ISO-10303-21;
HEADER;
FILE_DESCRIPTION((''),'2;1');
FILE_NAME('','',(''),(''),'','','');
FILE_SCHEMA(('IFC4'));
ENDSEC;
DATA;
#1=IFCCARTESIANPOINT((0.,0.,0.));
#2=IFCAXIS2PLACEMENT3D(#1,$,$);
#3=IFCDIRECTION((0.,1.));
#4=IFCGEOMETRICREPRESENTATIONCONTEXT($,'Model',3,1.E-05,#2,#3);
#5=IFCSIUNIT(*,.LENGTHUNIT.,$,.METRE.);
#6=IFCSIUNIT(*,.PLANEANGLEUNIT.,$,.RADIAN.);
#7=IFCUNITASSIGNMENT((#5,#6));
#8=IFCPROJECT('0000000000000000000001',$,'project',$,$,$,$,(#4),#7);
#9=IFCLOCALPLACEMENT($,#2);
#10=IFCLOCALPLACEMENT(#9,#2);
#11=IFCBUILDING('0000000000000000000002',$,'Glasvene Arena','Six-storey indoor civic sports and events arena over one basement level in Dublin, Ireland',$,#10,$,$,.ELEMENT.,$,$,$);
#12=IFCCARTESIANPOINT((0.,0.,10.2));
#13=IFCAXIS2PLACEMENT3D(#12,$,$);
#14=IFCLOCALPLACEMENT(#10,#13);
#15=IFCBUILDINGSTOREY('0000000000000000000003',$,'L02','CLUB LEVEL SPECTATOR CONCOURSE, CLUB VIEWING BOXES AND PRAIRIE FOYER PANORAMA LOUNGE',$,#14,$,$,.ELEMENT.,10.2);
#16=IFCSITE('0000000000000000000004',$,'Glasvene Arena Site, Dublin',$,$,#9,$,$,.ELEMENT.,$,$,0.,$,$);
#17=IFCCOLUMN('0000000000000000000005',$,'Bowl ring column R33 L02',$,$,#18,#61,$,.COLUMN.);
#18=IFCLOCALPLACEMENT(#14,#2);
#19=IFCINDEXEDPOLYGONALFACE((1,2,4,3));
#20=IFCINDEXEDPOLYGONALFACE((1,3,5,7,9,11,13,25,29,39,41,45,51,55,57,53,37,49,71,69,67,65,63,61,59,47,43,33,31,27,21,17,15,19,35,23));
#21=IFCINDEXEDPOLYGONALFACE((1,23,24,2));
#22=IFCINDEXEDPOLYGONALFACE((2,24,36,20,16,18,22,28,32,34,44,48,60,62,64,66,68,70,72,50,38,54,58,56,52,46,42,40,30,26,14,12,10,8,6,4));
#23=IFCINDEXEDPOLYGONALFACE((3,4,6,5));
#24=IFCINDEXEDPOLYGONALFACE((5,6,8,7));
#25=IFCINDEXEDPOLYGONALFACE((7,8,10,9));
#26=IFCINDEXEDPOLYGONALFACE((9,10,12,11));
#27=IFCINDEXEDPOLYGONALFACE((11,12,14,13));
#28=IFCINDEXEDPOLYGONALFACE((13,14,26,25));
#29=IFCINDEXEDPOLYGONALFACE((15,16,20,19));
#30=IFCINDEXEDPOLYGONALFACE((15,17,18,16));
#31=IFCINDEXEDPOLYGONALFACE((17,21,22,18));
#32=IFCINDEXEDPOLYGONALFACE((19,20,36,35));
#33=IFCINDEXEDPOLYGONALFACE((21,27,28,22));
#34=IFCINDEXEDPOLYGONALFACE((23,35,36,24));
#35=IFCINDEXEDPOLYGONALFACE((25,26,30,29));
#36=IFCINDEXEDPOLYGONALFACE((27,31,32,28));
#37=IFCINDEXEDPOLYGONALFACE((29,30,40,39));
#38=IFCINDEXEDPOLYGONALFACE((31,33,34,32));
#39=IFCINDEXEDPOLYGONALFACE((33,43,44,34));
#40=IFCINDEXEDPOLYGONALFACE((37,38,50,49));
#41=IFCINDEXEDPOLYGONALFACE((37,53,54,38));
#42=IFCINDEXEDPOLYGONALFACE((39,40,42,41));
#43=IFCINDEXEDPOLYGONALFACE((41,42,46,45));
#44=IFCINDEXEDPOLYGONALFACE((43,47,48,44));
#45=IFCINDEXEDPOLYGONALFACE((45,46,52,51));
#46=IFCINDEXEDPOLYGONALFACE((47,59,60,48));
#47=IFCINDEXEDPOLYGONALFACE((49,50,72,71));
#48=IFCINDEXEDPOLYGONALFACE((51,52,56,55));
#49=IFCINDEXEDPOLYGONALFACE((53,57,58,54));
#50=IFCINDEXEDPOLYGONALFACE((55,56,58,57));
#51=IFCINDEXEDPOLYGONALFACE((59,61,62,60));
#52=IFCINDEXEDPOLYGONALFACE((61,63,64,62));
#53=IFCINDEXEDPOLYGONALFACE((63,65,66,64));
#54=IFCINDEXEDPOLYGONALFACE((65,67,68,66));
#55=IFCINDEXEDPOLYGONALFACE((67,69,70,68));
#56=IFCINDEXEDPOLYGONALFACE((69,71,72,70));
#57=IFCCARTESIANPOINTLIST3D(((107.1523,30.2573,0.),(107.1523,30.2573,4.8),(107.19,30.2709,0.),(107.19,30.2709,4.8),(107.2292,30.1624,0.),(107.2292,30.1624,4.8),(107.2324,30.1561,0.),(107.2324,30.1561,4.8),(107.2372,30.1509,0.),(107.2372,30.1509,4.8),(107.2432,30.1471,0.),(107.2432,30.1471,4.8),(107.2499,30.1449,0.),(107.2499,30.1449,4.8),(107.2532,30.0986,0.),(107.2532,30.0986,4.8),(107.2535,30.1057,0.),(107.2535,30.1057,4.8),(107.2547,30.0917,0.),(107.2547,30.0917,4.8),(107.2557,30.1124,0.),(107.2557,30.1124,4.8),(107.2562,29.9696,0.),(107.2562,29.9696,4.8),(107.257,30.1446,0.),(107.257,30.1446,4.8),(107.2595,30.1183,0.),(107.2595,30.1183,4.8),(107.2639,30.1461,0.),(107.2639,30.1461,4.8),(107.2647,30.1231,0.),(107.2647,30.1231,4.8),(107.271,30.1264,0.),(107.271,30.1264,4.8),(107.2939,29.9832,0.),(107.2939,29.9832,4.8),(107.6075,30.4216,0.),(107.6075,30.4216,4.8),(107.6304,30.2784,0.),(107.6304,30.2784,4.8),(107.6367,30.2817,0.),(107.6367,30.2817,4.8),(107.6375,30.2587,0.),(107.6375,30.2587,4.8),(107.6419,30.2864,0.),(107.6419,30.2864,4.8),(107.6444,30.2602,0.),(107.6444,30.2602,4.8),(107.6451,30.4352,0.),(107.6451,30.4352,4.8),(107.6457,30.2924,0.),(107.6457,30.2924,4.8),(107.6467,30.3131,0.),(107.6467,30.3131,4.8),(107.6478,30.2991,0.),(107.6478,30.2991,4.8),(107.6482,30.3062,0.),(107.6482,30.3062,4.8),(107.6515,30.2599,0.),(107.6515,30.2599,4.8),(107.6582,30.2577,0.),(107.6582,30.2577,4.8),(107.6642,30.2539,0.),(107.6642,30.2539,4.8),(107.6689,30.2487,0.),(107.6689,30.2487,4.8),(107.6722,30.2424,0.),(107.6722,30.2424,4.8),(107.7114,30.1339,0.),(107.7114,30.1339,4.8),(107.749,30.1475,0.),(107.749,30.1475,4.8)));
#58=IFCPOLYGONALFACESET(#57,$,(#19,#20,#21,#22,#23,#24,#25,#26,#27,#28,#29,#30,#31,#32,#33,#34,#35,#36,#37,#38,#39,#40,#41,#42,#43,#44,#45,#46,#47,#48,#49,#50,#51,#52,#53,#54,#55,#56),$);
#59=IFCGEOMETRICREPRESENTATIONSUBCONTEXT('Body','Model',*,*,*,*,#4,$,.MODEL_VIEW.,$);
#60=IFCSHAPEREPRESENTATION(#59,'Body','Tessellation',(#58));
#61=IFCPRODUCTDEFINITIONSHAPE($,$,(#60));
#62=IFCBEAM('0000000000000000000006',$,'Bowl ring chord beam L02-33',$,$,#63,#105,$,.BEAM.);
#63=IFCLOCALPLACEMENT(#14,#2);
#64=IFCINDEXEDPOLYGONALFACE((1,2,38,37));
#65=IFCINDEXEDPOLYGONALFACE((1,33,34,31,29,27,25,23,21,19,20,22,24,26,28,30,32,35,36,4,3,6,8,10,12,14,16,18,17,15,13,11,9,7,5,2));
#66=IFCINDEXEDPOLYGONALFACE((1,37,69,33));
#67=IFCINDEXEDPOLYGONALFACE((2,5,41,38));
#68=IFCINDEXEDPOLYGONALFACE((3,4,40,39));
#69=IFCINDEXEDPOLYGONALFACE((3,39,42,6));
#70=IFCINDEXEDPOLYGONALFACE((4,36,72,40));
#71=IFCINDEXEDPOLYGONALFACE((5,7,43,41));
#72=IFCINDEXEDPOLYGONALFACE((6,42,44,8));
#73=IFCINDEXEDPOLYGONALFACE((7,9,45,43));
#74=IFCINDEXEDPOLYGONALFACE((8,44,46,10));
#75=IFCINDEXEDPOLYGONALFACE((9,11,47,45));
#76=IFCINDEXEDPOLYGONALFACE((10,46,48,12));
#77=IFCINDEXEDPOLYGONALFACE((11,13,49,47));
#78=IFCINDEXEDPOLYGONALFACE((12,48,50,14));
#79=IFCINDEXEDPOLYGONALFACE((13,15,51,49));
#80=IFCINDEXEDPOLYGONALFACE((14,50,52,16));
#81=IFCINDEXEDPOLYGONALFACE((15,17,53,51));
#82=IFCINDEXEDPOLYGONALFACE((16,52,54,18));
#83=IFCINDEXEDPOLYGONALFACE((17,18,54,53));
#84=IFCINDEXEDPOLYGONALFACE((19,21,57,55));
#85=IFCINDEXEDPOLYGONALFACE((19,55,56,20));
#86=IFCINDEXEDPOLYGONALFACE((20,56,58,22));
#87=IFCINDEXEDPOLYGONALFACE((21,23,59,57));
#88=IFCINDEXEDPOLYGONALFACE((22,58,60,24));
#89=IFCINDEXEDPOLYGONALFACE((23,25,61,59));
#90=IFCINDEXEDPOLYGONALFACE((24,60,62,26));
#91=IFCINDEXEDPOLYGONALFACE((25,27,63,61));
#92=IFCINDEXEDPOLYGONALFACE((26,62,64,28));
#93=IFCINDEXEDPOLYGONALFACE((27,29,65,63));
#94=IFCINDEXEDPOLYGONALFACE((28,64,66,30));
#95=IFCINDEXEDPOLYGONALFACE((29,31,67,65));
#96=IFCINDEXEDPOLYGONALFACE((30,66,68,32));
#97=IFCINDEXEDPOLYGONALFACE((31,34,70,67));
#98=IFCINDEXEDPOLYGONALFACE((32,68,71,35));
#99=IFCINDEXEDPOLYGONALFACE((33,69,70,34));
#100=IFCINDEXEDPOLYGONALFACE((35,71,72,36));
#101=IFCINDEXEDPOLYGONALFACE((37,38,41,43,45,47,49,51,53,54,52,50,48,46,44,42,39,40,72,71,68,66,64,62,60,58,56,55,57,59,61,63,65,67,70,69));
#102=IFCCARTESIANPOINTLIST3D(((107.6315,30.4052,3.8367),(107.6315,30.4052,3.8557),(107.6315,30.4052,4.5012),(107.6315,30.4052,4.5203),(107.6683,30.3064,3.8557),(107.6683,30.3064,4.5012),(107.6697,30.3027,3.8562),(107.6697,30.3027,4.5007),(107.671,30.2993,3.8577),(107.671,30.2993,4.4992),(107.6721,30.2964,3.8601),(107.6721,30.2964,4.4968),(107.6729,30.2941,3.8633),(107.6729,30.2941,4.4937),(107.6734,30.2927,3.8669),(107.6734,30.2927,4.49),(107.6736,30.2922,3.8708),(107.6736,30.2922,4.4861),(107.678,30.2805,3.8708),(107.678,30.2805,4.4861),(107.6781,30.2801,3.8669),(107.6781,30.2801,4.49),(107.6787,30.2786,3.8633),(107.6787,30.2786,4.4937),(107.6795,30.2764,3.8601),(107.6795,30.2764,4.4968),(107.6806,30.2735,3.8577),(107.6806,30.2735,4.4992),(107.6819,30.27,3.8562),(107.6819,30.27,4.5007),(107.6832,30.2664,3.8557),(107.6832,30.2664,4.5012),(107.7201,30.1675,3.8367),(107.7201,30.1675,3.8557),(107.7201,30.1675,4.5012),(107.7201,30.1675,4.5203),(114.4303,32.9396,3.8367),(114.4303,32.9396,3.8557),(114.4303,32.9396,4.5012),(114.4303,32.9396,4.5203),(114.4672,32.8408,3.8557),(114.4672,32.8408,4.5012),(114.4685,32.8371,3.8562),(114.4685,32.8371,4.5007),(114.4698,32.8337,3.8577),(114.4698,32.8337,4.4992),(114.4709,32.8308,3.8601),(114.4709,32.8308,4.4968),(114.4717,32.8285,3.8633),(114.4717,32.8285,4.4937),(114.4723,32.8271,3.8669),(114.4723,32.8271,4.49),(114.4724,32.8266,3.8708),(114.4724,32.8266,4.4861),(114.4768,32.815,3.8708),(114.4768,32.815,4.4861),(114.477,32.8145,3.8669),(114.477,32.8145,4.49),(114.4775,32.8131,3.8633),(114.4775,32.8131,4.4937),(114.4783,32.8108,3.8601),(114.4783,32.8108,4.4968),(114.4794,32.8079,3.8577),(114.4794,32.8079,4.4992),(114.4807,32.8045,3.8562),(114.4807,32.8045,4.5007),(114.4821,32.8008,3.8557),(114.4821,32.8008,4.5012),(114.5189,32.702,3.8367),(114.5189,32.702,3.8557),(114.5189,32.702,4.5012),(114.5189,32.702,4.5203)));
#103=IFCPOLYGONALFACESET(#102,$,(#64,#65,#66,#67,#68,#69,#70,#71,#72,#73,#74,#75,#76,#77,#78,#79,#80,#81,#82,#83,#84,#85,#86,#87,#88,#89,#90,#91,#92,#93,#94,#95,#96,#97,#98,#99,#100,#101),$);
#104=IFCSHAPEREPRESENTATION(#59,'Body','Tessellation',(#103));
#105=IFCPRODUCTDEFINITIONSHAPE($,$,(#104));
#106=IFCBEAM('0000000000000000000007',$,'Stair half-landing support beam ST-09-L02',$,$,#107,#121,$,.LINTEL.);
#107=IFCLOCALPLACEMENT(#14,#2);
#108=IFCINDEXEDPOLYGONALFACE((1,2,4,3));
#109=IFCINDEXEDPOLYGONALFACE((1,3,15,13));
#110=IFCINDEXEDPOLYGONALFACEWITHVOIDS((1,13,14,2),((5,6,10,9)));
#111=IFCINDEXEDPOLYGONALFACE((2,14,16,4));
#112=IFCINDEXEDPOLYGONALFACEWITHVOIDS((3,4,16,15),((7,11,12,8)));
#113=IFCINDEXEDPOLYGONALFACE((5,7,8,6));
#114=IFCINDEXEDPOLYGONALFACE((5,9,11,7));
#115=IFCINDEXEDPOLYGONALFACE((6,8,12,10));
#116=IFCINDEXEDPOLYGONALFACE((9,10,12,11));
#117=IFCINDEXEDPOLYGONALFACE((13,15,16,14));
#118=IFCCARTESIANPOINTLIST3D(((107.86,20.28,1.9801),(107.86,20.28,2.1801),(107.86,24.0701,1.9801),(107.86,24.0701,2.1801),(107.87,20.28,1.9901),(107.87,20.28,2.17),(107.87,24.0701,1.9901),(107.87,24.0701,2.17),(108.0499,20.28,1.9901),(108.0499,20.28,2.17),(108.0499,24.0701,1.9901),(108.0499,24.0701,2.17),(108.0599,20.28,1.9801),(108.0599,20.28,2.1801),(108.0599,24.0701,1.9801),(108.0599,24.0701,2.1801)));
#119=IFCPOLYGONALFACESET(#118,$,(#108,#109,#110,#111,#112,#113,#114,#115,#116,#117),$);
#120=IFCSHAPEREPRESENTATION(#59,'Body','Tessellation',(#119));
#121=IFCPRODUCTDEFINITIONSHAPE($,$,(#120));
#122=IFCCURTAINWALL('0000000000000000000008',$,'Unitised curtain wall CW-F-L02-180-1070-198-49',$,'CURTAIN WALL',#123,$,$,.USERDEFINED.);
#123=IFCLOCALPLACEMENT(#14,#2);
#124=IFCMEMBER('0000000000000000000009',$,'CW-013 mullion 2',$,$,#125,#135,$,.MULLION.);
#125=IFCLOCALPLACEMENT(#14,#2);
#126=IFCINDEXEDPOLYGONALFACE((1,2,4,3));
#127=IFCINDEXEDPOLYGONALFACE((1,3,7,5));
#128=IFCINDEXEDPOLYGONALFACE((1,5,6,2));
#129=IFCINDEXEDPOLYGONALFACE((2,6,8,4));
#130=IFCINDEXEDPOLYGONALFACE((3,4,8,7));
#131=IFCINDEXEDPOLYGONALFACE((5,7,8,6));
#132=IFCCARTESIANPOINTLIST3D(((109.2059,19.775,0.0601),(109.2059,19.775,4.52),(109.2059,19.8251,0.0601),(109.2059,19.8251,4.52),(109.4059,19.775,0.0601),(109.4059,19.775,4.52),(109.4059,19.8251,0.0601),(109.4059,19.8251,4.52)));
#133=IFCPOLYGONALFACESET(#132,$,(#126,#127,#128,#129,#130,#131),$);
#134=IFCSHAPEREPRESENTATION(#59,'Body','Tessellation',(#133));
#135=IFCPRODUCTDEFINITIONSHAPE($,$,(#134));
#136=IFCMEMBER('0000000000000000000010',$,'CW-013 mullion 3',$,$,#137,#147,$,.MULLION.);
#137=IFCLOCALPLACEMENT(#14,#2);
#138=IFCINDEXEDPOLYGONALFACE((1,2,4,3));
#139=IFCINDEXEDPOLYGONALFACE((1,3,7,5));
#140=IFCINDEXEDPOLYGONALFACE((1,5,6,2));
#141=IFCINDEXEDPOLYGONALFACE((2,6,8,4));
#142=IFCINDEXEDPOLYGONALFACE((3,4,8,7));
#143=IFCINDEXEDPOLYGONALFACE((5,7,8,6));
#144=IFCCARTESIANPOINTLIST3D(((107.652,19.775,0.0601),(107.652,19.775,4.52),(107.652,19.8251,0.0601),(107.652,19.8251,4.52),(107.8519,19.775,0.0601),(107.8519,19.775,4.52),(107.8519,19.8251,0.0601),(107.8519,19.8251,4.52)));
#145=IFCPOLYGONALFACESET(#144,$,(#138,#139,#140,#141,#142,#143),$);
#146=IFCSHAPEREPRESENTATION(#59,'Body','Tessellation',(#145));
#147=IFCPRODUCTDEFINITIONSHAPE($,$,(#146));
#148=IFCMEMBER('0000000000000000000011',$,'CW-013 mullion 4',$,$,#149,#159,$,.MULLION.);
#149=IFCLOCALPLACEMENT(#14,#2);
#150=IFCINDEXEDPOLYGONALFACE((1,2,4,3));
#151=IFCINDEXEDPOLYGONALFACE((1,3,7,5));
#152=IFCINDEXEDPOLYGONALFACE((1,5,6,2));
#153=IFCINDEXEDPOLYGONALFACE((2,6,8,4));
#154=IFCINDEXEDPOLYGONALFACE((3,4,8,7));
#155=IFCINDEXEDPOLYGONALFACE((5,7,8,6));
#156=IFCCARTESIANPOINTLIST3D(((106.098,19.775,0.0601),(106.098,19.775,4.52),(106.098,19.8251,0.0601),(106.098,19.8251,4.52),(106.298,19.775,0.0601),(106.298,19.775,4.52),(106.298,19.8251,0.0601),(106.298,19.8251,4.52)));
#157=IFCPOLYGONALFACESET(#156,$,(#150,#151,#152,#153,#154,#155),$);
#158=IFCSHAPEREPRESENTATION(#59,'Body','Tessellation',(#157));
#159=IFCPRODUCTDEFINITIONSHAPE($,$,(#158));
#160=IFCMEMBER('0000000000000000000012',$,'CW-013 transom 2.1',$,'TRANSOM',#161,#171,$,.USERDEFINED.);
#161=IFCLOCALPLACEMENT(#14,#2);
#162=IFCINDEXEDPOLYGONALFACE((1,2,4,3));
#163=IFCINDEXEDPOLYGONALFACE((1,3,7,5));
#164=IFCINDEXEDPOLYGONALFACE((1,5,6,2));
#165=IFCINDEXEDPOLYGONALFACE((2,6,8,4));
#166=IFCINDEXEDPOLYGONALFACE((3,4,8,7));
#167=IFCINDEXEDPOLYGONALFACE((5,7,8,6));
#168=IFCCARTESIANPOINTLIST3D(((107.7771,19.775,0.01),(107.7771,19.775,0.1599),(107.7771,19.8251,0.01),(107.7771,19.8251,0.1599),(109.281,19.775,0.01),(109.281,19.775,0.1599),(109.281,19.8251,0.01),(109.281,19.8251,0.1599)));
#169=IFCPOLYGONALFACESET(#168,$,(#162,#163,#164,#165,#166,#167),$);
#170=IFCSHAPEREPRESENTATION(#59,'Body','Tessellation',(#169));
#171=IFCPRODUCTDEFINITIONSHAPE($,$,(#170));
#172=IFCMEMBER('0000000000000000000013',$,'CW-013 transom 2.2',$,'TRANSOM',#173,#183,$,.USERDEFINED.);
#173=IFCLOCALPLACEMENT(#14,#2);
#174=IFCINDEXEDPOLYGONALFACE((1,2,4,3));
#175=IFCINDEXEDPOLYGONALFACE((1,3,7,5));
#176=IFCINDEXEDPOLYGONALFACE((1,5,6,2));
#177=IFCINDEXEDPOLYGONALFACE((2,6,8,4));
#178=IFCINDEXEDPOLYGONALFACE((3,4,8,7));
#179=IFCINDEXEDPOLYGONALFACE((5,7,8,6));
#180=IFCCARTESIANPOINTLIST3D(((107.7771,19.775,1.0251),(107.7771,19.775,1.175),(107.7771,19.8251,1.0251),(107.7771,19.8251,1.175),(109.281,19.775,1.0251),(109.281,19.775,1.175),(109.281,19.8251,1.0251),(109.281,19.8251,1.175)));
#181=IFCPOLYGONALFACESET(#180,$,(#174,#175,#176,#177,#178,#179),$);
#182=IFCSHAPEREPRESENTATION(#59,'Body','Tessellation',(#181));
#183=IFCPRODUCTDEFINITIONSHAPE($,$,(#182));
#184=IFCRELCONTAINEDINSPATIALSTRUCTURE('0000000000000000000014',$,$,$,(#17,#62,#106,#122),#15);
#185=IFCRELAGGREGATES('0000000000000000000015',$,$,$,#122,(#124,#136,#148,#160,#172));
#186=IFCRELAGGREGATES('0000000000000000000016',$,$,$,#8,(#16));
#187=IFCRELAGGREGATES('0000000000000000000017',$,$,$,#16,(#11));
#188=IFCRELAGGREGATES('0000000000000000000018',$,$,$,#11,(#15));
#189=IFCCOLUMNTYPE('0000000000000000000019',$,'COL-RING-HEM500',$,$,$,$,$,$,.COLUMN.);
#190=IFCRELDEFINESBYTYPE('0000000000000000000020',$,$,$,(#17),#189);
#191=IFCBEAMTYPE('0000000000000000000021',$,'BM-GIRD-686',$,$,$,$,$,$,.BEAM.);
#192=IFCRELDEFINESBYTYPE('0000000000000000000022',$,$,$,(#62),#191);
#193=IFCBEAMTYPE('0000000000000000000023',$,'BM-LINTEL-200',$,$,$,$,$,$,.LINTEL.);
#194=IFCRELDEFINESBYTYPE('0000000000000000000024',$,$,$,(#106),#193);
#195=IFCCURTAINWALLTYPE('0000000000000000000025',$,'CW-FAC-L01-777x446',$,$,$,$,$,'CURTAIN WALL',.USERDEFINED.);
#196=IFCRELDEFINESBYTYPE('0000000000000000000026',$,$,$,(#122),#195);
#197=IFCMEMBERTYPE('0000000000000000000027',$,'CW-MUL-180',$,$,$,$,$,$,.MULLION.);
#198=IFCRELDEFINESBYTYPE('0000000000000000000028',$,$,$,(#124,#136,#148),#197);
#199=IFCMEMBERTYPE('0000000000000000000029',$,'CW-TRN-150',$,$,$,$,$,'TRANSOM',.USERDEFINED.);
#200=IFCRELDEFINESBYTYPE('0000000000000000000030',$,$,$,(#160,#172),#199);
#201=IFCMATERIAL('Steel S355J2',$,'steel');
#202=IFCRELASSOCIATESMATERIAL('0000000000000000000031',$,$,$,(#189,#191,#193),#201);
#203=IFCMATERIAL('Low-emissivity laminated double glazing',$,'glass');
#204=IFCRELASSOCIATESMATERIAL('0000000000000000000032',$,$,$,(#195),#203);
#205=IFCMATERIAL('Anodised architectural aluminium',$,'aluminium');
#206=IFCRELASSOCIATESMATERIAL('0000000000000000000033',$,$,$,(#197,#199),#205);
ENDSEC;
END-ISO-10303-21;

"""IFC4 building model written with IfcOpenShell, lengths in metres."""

from ifc_helpers import new_model, si_unit, direction, frame, origin, origin_2d, place, context, subcontext, project, spatial, rectangle, hollow_rectangle, i_section, extrude, material, material_profile, profile_set, type_object, element, aggregate, save


model = new_model("IFC4")

# Units and contexts
model_context = context("Model", 3, precision=1e-05, world=origin(), true_north=direction((0.0, 1.0)))
body_context = subcontext(model_context, "Body", "Model", "MODEL_VIEW")
ifc_project = project(units=[si_unit("LENGTHUNIT", "METRE"), si_unit("PLANEANGLEUNIT", "RADIAN")], contexts=[model_context])

# Site, building, storey
site_placement = place(None, origin())
site = spatial("IfcSite", under=ifc_project, at=site_placement, Name="Glasvene Arena Site, Dublin", CompositionType="ELEMENT", RefElevation=0.0)
building_placement = place(site_placement, origin())
building = spatial("IfcBuilding", under=site, at=building_placement, Name="Glasvene Arena", Description="Six-storey indoor civic sports and events arena over one basement level in Dublin, Ireland", CompositionType="ELEMENT")
storey_placement = place(building_placement, frame((0.0, 0.0, 10.2)))
storey = spatial("IfcBuildingStorey", under=building, at=storey_placement, Name="L02", Description="CLUB LEVEL SPECTATOR CONCOURSE, CLUB VIEWING BOXES AND PRAIRIE FOYER PANORAMA LOUNGE", CompositionType="ELEMENT", Elevation=10.2)

# Column
ifc_material_1 = material(Name="Steel S355J2", Category="steel")
ifc_material_profile_1 = material_profile(ifc_material_1, i_section(OverallWidth=0.3059, OverallDepth=0.5239, WebThickness=0.021, FlangeThickness=0.04, FilletRadius=0.0271, at=origin_2d()), Name="HEM 500")
ifc_profile_set_1 = profile_set([ifc_material_profile_1], Name="Steel S355J2")
column_type = type_object("IfcColumnType", Name="COL-RING-HEM500", PredefinedType="COLUMN", material=ifc_profile_set_1)
column_placement = place(storey_placement, frame((107.4507, 30.2024, 0.0), z_axis=(0.0, 0.0, 1.0), x_axis=(0.339559, -0.940585, 0.0)))
element("IfcColumn", 1, at=column_placement, inside=storey, type_object=column_type, Name="Bowl ring column R33 L02", PredefinedType="COLUMN", context=body_context, shape_type="SweptSolid", body=[
    extrude(i_section(OverallWidth=0.3059, OverallDepth=0.5239, WebThickness=0.021, FlangeThickness=0.04, FilletRadius=0.0271, at=origin_2d()), origin(), (0.0, 0.0, 1.0), 4.8),
])

# Beams
ifc_material_profile_2 = material_profile(ifc_material_1, i_section(OverallWidth=0.2537, OverallDepth=0.6836, WebThickness=0.0125, FlangeThickness=0.019, FilletRadius=0.0151, at=origin_2d()), Name="UKB 686x254x140")
ifc_profile_set_2 = profile_set([ifc_material_profile_2], Name="Steel S355J2")
beam_type_1 = type_object("IfcBeamType", Name="BM-GIRD-686", PredefinedType="BEAM", material=ifc_profile_set_2)
beam_1_placement = place(storey_placement, frame((107.6758, 30.2864, 4.1785), z_axis=(0.937013, 0.349294, 0.0), x_axis=(-0.349294, 0.937013, 0.0)))
element("IfcBeam", 2, at=beam_1_placement, inside=storey, type_object=beam_type_1, Name="Bowl ring chord beam L02-33", PredefinedType="BEAM", context=body_context, shape_type="SweptSolid", body=[
    extrude(i_section(OverallWidth=0.2537, OverallDepth=0.6836, WebThickness=0.0125, FlangeThickness=0.019, FilletRadius=0.0151, at=origin_2d()), origin(), (0.0, 0.0, 1.0), 7.2559),
])
ifc_material_profile_3 = material_profile(ifc_material_1, hollow_rectangle(XDim=0.2, YDim=0.2, WallThickness=0.01, at=origin_2d()), Name="SHS 200x200x10.0")
ifc_profile_set_3 = profile_set([ifc_material_profile_3], Name="Steel S355J2")
beam_type_2 = type_object("IfcBeamType", Name="BM-LINTEL-200", PredefinedType="LINTEL", material=ifc_profile_set_3)
beam_2_placement = place(storey_placement, frame((107.96, 20.28, 2.0801), z_axis=(0.0, 1.0, 0.0), x_axis=(-1.0, 0.0, 0.0)))
element("IfcBeam", 3, at=beam_2_placement, inside=storey, type_object=beam_type_2, Name="Stair half-landing support beam ST-09-L02", PredefinedType="LINTEL", context=body_context, shape_type="SweptSolid", body=[
    extrude(hollow_rectangle(XDim=0.2, YDim=0.2, WallThickness=0.01, at=origin_2d()), origin(), (0.0, 0.0, 1.0), 3.79),
])

# Curtain wall, members
ifc_material_2 = material(Name="Low-emissivity laminated double glazing", Category="glass")
curtain_wall_type = type_object("IfcCurtainWallType", Name="CW-FAC-L01-777x446", ElementType="CURTAIN WALL", PredefinedType="USERDEFINED", material=ifc_material_2)
curtain_wall_placement = place(storey_placement, frame((110.8601, 19.8, 0.0)))
curtain_wall = element("IfcCurtainWall", 4, at=curtain_wall_placement, inside=storey, type_object=curtain_wall_type, Name="Unitised curtain wall CW-F-L02-180-1070-198-49", ObjectType="CURTAIN WALL", PredefinedType="USERDEFINED")
ifc_material_3 = material(Name="Anodised architectural aluminium", Category="aluminium")
ifc_material_profile_4 = material_profile(ifc_material_3, rectangle(XDim=0.05, YDim=0.2, at=origin_2d()), Name="ALU MULLION 50x200")
ifc_profile_set_4 = profile_set([ifc_material_profile_4], Name="Anodised architectural aluminium")
member_type_1 = type_object("IfcMemberType", Name="CW-MUL-180", PredefinedType="MULLION", material=ifc_profile_set_4)
member_1_placement = place(storey_placement, frame((109.3059, 19.8, 0.0601), z_axis=(0.0, 0.0, 1.0), x_axis=(0.0, -1.0, 0.0)))
member_1 = element("IfcMember", 5, at=member_1_placement, type_object=member_type_1, Name="CW-013 mullion 2", PredefinedType="MULLION", context=body_context, shape_type="SweptSolid", body=[
    extrude(rectangle(XDim=0.05, YDim=0.2, at=origin_2d()), origin(), (0.0, 0.0, 1.0), 4.46),
])
member_2_placement = place(storey_placement, frame((107.752, 19.8, 0.0601), z_axis=(0.0, 0.0, 1.0), x_axis=(0.0, -1.0, 0.0)))
member_2 = element("IfcMember", 6, at=member_2_placement, type_object=member_type_1, Name="CW-013 mullion 3", PredefinedType="MULLION", context=body_context, shape_type="SweptSolid", body=[
    extrude(rectangle(XDim=0.05, YDim=0.2, at=origin_2d()), origin(), (0.0, 0.0, 1.0), 4.46),
])
member_3_placement = place(storey_placement, frame((106.198, 19.8, 0.0601), z_axis=(0.0, 0.0, 1.0), x_axis=(0.0, -1.0, 0.0)))
member_3 = element("IfcMember", 7, at=member_3_placement, type_object=member_type_1, Name="CW-013 mullion 4", PredefinedType="MULLION", context=body_context, shape_type="SweptSolid", body=[
    extrude(rectangle(XDim=0.05, YDim=0.2, at=origin_2d()), origin(), (0.0, 0.0, 1.0), 4.46),
])
ifc_material_profile_5 = material_profile(ifc_material_3, rectangle(XDim=0.05, YDim=0.1499, at=origin_2d()), Name="ALU TRANSOM 50x150")
ifc_profile_set_5 = profile_set([ifc_material_profile_5], Name="Anodised architectural aluminium")
member_type_2 = type_object("IfcMemberType", Name="CW-TRN-150", ElementType="TRANSOM", PredefinedType="USERDEFINED", material=ifc_profile_set_5)
member_4_placement = place(storey_placement, frame((109.281, 19.8, 0.085), z_axis=(-1.0, 0.0, 0.0), x_axis=(0.0, -1.0, 0.0)))
member_4 = element("IfcMember", 8, at=member_4_placement, type_object=member_type_2, Name="CW-013 transom 2.1", ObjectType="TRANSOM", PredefinedType="USERDEFINED", context=body_context, shape_type="SweptSolid", body=[
    extrude(rectangle(XDim=0.05, YDim=0.1499, at=origin_2d()), origin(), (0.0, 0.0, 1.0), 1.5039),
])
member_5_placement = place(storey_placement, frame((109.281, 19.8, 1.1001), z_axis=(-1.0, 0.0, 0.0), x_axis=(0.0, -1.0, 0.0)))
member_5 = element("IfcMember", 9, at=member_5_placement, type_object=member_type_2, Name="CW-013 transom 2.2", ObjectType="TRANSOM", PredefinedType="USERDEFINED", context=body_context, shape_type="SweptSolid", body=[
    extrude(rectangle(XDim=0.05, YDim=0.1499, at=origin_2d()), origin(), (0.0, 0.0, 1.0), 1.5039),
])
aggregate(curtain_wall, [member_1, member_2, member_3, member_4, member_5])

save(model, "model.ifc")
